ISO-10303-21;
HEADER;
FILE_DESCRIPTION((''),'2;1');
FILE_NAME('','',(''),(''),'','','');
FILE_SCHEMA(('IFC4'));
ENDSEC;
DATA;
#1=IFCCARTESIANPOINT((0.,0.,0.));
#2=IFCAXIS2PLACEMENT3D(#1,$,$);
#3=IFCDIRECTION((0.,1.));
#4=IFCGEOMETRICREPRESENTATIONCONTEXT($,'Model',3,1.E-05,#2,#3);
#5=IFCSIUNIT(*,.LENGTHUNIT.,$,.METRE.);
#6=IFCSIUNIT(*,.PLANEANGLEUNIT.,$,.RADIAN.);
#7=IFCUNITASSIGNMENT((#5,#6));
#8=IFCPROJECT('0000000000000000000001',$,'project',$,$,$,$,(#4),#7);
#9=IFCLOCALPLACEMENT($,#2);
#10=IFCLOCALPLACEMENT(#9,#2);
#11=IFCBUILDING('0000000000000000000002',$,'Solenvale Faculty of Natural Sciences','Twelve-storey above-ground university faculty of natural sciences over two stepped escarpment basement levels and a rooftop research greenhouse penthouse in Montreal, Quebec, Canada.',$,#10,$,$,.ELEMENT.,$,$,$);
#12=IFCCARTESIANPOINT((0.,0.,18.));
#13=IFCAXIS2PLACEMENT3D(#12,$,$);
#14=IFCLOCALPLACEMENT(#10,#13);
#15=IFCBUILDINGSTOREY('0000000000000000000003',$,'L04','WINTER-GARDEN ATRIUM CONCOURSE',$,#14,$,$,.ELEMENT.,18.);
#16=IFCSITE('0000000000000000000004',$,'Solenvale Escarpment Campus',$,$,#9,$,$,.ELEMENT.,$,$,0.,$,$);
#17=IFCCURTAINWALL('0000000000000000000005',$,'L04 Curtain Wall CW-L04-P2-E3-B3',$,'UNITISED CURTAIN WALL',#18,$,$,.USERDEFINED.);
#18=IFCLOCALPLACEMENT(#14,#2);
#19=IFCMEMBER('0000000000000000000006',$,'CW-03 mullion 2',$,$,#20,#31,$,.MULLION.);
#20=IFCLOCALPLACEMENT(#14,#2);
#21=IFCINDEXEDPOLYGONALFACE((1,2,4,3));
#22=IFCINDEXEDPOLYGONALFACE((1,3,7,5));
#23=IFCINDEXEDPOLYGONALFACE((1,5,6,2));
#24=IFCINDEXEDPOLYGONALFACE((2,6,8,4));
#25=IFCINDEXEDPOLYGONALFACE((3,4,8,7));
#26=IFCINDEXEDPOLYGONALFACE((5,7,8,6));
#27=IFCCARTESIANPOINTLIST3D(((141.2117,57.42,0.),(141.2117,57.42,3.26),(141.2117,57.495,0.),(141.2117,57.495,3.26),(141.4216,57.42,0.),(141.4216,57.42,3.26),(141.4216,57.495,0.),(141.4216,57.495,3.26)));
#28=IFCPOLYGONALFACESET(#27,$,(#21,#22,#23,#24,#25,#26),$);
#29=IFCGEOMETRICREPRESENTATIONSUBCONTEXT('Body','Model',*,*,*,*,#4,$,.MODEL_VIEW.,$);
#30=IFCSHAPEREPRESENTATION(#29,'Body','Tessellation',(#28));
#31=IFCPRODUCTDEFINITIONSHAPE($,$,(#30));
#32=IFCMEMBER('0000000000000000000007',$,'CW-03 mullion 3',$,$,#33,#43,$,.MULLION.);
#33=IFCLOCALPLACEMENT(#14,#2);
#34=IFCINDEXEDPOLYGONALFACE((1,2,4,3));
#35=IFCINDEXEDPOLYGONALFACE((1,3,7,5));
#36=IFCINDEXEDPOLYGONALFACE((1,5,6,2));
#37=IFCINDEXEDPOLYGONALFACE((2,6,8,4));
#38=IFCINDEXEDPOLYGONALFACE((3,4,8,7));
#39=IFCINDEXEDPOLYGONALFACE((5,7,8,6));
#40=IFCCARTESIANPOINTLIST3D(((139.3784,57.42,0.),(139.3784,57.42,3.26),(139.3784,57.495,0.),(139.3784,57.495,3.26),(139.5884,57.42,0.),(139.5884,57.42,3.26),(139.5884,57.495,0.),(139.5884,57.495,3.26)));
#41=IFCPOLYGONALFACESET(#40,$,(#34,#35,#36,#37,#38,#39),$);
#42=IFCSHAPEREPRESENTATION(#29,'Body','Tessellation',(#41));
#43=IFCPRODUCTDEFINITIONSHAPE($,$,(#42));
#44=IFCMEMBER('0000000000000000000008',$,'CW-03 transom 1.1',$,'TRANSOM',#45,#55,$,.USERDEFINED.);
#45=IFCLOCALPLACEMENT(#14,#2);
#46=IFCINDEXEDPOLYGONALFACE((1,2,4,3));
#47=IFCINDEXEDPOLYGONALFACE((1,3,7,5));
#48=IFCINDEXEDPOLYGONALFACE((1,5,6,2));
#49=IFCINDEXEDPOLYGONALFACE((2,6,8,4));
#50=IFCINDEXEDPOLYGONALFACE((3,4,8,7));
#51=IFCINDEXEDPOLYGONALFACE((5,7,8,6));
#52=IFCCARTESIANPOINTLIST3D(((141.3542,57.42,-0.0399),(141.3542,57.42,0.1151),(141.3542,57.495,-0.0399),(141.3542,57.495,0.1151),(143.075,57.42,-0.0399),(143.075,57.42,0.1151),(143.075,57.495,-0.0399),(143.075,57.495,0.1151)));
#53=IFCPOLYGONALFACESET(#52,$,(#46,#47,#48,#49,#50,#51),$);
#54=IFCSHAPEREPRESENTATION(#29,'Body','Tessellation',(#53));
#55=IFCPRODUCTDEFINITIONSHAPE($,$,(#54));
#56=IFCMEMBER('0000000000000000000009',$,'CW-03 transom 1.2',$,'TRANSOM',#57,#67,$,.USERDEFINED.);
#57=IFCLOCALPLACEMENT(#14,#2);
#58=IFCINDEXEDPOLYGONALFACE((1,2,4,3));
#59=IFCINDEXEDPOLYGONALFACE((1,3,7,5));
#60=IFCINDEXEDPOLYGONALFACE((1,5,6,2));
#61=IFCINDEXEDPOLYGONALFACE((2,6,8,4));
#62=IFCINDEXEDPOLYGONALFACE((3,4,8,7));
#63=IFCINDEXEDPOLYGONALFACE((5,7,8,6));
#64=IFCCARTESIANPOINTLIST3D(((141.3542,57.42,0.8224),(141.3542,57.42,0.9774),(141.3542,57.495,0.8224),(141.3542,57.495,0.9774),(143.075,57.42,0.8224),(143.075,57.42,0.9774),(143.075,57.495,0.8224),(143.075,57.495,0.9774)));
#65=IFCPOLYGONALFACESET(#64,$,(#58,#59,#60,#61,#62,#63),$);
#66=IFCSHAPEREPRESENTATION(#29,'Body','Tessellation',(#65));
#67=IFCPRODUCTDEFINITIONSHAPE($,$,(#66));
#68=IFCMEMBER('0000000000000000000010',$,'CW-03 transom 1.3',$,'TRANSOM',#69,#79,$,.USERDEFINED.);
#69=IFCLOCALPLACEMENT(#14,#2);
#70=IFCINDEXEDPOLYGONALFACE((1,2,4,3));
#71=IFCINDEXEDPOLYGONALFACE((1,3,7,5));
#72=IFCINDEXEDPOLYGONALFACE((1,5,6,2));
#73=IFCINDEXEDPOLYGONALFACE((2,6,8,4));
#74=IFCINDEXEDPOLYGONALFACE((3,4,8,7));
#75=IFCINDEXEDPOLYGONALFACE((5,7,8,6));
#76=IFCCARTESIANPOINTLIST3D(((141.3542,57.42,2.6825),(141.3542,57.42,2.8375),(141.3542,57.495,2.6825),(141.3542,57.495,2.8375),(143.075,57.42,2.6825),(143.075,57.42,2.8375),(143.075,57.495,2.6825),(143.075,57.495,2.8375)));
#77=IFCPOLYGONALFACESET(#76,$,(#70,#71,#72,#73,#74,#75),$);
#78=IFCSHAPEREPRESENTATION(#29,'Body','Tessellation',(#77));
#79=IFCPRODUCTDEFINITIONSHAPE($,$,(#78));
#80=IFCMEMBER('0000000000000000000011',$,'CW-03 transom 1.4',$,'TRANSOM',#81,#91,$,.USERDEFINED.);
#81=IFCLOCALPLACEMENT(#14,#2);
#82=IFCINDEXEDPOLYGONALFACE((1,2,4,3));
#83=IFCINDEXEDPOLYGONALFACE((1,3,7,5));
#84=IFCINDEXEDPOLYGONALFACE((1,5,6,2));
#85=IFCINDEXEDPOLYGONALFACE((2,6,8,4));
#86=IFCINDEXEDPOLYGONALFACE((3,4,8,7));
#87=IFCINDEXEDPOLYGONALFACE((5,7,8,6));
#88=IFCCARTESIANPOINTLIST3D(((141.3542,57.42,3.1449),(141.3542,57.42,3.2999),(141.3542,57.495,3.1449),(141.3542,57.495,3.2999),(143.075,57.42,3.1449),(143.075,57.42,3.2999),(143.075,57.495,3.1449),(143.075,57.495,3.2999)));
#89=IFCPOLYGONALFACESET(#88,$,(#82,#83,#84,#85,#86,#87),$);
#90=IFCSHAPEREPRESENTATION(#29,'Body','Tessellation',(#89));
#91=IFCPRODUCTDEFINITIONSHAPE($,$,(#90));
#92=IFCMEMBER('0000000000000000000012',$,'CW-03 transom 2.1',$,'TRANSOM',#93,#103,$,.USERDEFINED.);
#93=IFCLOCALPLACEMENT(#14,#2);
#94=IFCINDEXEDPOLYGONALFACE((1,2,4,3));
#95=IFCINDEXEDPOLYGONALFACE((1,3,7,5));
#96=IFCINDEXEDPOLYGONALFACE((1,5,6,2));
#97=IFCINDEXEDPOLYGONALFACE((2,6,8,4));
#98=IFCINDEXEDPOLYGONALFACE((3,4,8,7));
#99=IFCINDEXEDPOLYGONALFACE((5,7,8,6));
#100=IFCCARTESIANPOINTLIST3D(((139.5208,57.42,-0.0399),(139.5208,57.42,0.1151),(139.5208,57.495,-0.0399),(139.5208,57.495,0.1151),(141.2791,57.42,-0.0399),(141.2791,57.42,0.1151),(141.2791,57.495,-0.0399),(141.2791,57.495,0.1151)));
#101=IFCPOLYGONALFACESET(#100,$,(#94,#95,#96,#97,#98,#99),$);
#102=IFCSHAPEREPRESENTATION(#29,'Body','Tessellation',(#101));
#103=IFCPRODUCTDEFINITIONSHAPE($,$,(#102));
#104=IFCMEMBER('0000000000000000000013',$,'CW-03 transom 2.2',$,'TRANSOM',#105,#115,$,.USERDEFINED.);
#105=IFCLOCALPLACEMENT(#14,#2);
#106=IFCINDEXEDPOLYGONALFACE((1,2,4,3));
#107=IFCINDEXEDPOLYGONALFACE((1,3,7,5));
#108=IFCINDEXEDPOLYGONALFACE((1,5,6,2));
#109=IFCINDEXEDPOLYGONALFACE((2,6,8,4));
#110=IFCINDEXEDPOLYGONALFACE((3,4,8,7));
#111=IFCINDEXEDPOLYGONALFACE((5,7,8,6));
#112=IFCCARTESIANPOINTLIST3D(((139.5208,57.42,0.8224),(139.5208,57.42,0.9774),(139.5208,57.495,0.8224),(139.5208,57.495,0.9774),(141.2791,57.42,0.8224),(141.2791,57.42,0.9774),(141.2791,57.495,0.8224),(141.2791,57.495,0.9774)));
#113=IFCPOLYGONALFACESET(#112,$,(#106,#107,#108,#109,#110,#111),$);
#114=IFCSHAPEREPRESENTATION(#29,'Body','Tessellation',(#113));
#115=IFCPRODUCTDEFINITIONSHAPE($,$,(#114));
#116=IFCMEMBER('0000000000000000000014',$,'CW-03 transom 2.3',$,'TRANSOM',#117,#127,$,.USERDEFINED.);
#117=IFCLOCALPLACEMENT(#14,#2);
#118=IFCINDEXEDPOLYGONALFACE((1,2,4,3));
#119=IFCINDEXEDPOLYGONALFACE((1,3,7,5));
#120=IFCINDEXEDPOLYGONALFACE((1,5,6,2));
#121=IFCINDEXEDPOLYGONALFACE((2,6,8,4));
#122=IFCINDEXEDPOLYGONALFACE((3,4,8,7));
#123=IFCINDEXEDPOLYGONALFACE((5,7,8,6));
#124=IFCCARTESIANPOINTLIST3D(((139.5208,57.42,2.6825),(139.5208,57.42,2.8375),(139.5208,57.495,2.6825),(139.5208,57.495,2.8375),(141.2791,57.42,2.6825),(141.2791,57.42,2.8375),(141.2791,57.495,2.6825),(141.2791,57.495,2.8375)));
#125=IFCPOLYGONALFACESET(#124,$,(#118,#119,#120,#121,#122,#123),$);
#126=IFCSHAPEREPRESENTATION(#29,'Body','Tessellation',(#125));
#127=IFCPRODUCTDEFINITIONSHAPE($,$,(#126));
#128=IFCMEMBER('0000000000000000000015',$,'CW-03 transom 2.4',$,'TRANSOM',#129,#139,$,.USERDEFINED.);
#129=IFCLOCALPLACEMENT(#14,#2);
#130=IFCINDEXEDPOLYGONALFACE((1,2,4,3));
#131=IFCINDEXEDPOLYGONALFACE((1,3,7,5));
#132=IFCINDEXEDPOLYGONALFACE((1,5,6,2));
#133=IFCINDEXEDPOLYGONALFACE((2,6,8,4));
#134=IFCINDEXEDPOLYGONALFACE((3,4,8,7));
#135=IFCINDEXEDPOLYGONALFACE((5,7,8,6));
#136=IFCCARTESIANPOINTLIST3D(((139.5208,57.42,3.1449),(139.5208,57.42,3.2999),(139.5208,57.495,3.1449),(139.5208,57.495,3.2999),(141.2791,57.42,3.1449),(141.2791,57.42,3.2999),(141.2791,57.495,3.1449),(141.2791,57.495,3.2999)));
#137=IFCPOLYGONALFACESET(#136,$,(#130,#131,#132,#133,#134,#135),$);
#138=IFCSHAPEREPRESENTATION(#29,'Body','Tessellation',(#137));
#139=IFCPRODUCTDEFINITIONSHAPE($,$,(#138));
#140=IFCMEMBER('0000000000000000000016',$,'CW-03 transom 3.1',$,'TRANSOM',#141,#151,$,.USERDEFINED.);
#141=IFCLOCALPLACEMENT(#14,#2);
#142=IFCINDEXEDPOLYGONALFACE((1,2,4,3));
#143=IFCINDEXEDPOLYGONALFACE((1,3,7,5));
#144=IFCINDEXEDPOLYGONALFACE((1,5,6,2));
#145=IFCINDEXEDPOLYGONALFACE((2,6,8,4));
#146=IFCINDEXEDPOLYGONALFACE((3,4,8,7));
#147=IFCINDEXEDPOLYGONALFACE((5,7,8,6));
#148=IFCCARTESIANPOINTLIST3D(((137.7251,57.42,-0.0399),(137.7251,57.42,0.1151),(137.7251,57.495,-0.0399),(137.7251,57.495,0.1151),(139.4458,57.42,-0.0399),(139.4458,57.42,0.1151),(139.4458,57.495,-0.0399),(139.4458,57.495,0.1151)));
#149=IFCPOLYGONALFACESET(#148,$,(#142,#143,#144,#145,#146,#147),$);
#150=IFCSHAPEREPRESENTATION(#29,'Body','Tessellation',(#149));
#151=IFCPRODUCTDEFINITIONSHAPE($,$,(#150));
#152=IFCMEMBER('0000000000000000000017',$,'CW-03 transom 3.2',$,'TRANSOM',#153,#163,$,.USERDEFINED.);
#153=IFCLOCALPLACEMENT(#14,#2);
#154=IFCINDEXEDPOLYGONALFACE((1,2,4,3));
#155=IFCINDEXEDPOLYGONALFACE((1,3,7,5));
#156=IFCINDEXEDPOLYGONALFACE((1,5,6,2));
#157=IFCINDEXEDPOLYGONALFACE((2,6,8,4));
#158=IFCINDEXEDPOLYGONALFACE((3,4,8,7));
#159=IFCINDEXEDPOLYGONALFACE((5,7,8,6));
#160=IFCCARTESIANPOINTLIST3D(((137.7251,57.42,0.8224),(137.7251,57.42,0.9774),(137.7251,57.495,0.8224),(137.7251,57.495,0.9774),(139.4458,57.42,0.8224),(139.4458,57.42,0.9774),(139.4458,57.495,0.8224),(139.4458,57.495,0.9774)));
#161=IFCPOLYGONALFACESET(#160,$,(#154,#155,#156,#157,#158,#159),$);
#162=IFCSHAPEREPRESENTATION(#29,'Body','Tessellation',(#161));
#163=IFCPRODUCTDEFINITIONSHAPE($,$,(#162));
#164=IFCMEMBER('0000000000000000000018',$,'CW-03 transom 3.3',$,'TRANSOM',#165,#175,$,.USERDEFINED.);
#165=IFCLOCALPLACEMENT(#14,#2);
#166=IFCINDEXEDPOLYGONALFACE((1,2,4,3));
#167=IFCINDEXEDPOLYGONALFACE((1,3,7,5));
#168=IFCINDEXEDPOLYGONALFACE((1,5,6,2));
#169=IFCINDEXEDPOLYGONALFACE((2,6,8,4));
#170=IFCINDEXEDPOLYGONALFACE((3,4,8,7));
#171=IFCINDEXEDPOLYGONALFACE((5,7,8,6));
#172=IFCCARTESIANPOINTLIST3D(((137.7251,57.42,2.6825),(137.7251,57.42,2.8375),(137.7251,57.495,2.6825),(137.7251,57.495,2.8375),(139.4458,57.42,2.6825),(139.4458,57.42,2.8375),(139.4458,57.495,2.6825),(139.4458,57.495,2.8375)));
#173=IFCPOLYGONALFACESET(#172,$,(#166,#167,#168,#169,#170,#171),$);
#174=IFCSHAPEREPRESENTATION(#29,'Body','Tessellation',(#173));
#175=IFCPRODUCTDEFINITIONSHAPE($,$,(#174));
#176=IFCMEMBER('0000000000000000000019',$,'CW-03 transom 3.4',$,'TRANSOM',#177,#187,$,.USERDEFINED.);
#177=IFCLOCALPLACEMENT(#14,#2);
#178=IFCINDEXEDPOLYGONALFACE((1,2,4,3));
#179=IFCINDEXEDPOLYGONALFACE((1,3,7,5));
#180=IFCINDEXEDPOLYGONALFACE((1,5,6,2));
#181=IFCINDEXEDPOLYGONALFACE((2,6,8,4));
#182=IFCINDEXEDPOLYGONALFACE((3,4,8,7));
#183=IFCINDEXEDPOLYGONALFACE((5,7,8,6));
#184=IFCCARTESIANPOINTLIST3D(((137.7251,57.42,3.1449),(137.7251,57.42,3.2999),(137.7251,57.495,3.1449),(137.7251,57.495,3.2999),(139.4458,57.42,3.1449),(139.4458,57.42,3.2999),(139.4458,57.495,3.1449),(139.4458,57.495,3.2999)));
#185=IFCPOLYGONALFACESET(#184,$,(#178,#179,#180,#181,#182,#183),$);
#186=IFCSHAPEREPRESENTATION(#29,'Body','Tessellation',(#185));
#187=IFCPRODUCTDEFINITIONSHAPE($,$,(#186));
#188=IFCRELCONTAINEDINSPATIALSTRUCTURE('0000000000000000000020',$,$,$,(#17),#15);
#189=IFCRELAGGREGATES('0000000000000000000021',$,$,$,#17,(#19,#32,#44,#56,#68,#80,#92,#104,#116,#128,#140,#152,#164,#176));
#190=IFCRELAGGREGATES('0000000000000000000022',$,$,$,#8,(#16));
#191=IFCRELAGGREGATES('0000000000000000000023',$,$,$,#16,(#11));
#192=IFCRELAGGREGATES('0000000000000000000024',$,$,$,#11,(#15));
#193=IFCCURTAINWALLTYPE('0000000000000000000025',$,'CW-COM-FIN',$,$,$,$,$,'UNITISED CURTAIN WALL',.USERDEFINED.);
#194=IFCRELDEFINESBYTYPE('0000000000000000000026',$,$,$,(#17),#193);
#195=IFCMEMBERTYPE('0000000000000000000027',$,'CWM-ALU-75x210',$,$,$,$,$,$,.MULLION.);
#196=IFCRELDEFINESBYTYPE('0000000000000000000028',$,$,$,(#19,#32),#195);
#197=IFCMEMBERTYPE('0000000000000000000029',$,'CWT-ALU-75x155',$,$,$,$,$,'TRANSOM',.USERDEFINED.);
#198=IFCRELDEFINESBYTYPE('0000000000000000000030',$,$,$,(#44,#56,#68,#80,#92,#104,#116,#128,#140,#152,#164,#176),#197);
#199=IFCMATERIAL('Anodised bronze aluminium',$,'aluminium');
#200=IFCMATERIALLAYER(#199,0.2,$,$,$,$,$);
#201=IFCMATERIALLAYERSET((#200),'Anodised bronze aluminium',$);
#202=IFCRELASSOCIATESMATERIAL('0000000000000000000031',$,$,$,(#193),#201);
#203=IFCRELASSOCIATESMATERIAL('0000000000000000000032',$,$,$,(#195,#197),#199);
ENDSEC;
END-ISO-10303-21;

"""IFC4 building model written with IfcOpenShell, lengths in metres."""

from ifc_helpers import new_model, si_unit, direction, frame, origin, origin_2d, place, context, subcontext, project, spatial, rectangle, extrude, material, layer, layer_set, material_profile, profile_set, type_object, element, aggregate, save


model = new_model("IFC4")

# Units and contexts
model_context = context("Model", 3, precision=1e-05, world=origin(), true_north=direction((0.0, 1.0)))
body_context = subcontext(model_context, "Body", "Model", "MODEL_VIEW")
ifc_project = project(units=[si_unit("LENGTHUNIT", "METRE"), si_unit("PLANEANGLEUNIT", "RADIAN")], contexts=[model_context])

# Site, building, storey
site_placement = place(None, origin())
site = spatial("IfcSite", under=ifc_project, at=site_placement, Name="Solenvale Escarpment Campus", CompositionType="ELEMENT", RefElevation=0.0)
building_placement = place(site_placement, origin())
building = spatial("IfcBuilding", under=site, at=building_placement, Name="Solenvale Faculty of Natural Sciences", Description="Twelve-storey above-ground university faculty of natural sciences over two stepped escarpment basement levels and a rooftop research greenhouse penthouse in Montreal, Quebec, Canada.", CompositionType="ELEMENT")
storey_placement = place(building_placement, frame((0.0, 0.0, 18.0)))
storey = spatial("IfcBuildingStorey", under=building, at=storey_placement, Name="L04", Description="WINTER-GARDEN ATRIUM CONCOURSE", CompositionType="ELEMENT", Elevation=18.0)

# Curtain wall, members
ifc_material_1 = material(Name="Anodised bronze aluminium", Category="aluminium")
ifc_layer_1 = layer(ifc_material_1, 0.2)
ifc_layer_set_1 = layer_set([ifc_layer_1], Name="Anodised bronze aluminium")
curtain_wall_type = type_object("IfcCurtainWallType", Name="CW-COM-FIN", ElementType="UNITISED CURTAIN WALL", PredefinedType="USERDEFINED", material=ifc_layer_set_1)
curtain_wall_placement = place(storey_placement, origin())
curtain_wall = element("IfcCurtainWall", 1, at=curtain_wall_placement, inside=storey, type_object=curtain_wall_type, Name="L04 Curtain Wall CW-L04-P2-E3-B3", ObjectType="UNITISED CURTAIN WALL", PredefinedType="USERDEFINED")
ifc_material_profile_1 = material_profile(ifc_material_1, rectangle(XDim=0.075, YDim=0.21, at=origin_2d()), Name="ALU-MUL-75x210")
ifc_profile_set_1 = profile_set([ifc_material_profile_1], Name="Anodised bronze aluminium")
member_type_1 = type_object("IfcMemberType", Name="CWM-ALU-75x210", PredefinedType="MULLION", material=ifc_profile_set_1)
member_1_placement = place(storey_placement, frame((141.3167, 57.4575, 0.0), z_axis=(0.0, 0.0, 1.0), x_axis=(0.0, -1.0, 0.0)))
member_1 = element("IfcMember", 2, at=member_1_placement, type_object=member_type_1, Name="CW-03 mullion 2", PredefinedType="MULLION", context=body_context, shape_type="SweptSolid", body=[
    extrude(rectangle(XDim=0.075, YDim=0.21, at=origin_2d()), origin(), (0.0, 0.0, 1.0), 3.26),
])
member_2_placement = place(storey_placement, frame((139.4834, 57.4575, 0.0), z_axis=(0.0, 0.0, 1.0), x_axis=(0.0, -1.0, 0.0)))
member_2 = element("IfcMember", 3, at=member_2_placement, type_object=member_type_1, Name="CW-03 mullion 3", PredefinedType="MULLION", context=body_context, shape_type="SweptSolid", body=[
    extrude(rectangle(XDim=0.075, YDim=0.21, at=origin_2d()), origin(), (0.0, 0.0, 1.0), 3.26),
])
ifc_material_profile_2 = material_profile(ifc_material_1, rectangle(XDim=0.075, YDim=0.155, at=origin_2d()), Name="ALU-TRN-75x155")
ifc_profile_set_2 = profile_set([ifc_material_profile_2], Name="Anodised bronze aluminium")
member_type_2 = type_object("IfcMemberType", Name="CWT-ALU-75x155", ElementType="TRANSOM", PredefinedType="USERDEFINED", material=ifc_profile_set_2)
member_3_placement = place(storey_placement, frame((143.075, 57.4575, 0.0376), z_axis=(-1.0, 0.0, 0.0), x_axis=(0.0, -1.0, 0.0)))
member_3 = element("IfcMember", 4, at=member_3_placement, type_object=member_type_2, Name="CW-03 transom 1.1", ObjectType="TRANSOM", PredefinedType="USERDEFINED", context=body_context, shape_type="SweptSolid", body=[
    extrude(rectangle(XDim=0.075, YDim=0.155, at=origin_2d()), origin(), (0.0, 0.0, 1.0), 1.7207),
])
member_4_placement = place(storey_placement, frame((143.075, 57.4575, 0.8999), z_axis=(-1.0, 0.0, 0.0), x_axis=(0.0, -1.0, 0.0)))
member_4 = element("IfcMember", 5, at=member_4_placement, type_object=member_type_2, Name="CW-03 transom 1.2", ObjectType="TRANSOM", PredefinedType="USERDEFINED", context=body_context, shape_type="SweptSolid", body=[
    extrude(rectangle(XDim=0.075, YDim=0.155, at=origin_2d()), origin(), (0.0, 0.0, 1.0), 1.7207),
])
member_5_placement = place(storey_placement, frame((143.075, 57.4575, 2.76), z_axis=(-1.0, 0.0, 0.0), x_axis=(0.0, -1.0, 0.0)))
member_5 = element("IfcMember", 6, at=member_5_placement, type_object=member_type_2, Name="CW-03 transom 1.3", ObjectType="TRANSOM", PredefinedType="USERDEFINED", context=body_context, shape_type="SweptSolid", body=[
    extrude(rectangle(XDim=0.075, YDim=0.155, at=origin_2d()), origin(), (0.0, 0.0, 1.0), 1.7207),
])
member_6_placement = place(storey_placement, frame((143.075, 57.4575, 3.2224), z_axis=(-1.0, 0.0, 0.0), x_axis=(0.0, -1.0, 0.0)))
member_6 = element("IfcMember", 7, at=member_6_placement, type_object=member_type_2, Name="CW-03 transom 1.4", ObjectType="TRANSOM", PredefinedType="USERDEFINED", context=body_context, shape_type="SweptSolid", body=[
    extrude(rectangle(XDim=0.075, YDim=0.155, at=origin_2d()), origin(), (0.0, 0.0, 1.0), 1.7207),
])
member_7_placement = place(storey_placement, frame((141.2791, 57.4575, 0.0376), z_axis=(-1.0, 0.0, 0.0), x_axis=(0.0, -1.0, 0.0)))
member_7 = element("IfcMember", 8, at=member_7_placement, type_object=member_type_2, Name="CW-03 transom 2.1", ObjectType="TRANSOM", PredefinedType="USERDEFINED", context=body_context, shape_type="SweptSolid", body=[
    extrude(rectangle(XDim=0.075, YDim=0.155, at=origin_2d()), origin(), (0.0, 0.0, 1.0), 1.7583),
])
member_8_placement = place(storey_placement, frame((141.2791, 57.4575, 0.8999), z_axis=(-1.0, 0.0, 0.0), x_axis=(0.0, -1.0, 0.0)))
member_8 = element("IfcMember", 9, at=member_8_placement, type_object=member_type_2, Name="CW-03 transom 2.2", ObjectType="TRANSOM", PredefinedType="USERDEFINED", context=body_context, shape_type="SweptSolid", body=[
    extrude(rectangle(XDim=0.075, YDim=0.155, at=origin_2d()), origin(), (0.0, 0.0, 1.0), 1.7583),
])
member_9_placement = place(storey_placement, frame((141.2791, 57.4575, 2.76), z_axis=(-1.0, 0.0, 0.0), x_axis=(0.0, -1.0, 0.0)))
member_9 = element("IfcMember", 10, at=member_9_placement, type_object=member_type_2, Name="CW-03 transom 2.3", ObjectType="TRANSOM", PredefinedType="USERDEFINED", context=body_context, shape_type="SweptSolid", body=[
    extrude(rectangle(XDim=0.075, YDim=0.155, at=origin_2d()), origin(), (0.0, 0.0, 1.0), 1.7583),
])
member_10_placement = place(storey_placement, frame((141.2791, 57.4575, 3.2224), z_axis=(-1.0, 0.0, 0.0), x_axis=(0.0, -1.0, 0.0)))
member_10 = element("IfcMember", 11, at=member_10_placement, type_object=member_type_2, Name="CW-03 transom 2.4", ObjectType="TRANSOM", PredefinedType="USERDEFINED", context=body_context, shape_type="SweptSolid", body=[
    extrude(rectangle(XDim=0.075, YDim=0.155, at=origin_2d()), origin(), (0.0, 0.0, 1.0), 1.7583),
])
member_11_placement = place(storey_placement, frame((139.4458, 57.4575, 0.0376), z_axis=(-1.0, 0.0, 0.0), x_axis=(0.0, -1.0, 0.0)))
member_11 = element("IfcMember", 12, at=member_11_placement, type_object=member_type_2, Name="CW-03 transom 3.1", ObjectType="TRANSOM", PredefinedType="USERDEFINED", context=body_context, shape_type="SweptSolid", body=[
    extrude(rectangle(XDim=0.075, YDim=0.155, at=origin_2d()), origin(), (0.0, 0.0, 1.0), 1.7207),
])
member_12_placement = place(storey_placement, frame((139.4458, 57.4575, 0.8999), z_axis=(-1.0, 0.0, 0.0), x_axis=(0.0, -1.0, 0.0)))
member_12 = element("IfcMember", 13, at=member_12_placement, type_object=member_type_2, Name="CW-03 transom 3.2", ObjectType="TRANSOM", PredefinedType="USERDEFINED", context=body_context, shape_type="SweptSolid", body=[
    extrude(rectangle(XDim=0.075, YDim=0.155, at=origin_2d()), origin(), (0.0, 0.0, 1.0), 1.7207),
])
member_13_placement = place(storey_placement, frame((139.4458, 57.4575, 2.76), z_axis=(-1.0, 0.0, 0.0), x_axis=(0.0, -1.0, 0.0)))
member_13 = element("IfcMember", 14, at=member_13_placement, type_object=member_type_2, Name="CW-03 transom 3.3", ObjectType="TRANSOM", PredefinedType="USERDEFINED", context=body_context, shape_type="SweptSolid", body=[
    extrude(rectangle(XDim=0.075, YDim=0.155, at=origin_2d()), origin(), (0.0, 0.0, 1.0), 1.7207),
])
member_14_placement = place(storey_placement, frame((139.4458, 57.4575, 3.2224), z_axis=(-1.0, 0.0, 0.0), x_axis=(0.0, -1.0, 0.0)))
member_14 = element("IfcMember", 15, at=member_14_placement, type_object=member_type_2, Name="CW-03 transom 3.4", ObjectType="TRANSOM", PredefinedType="USERDEFINED", context=body_context, shape_type="SweptSolid", body=[
    extrude(rectangle(XDim=0.075, YDim=0.155, at=origin_2d()), origin(), (0.0, 0.0, 1.0), 1.7207),
])
aggregate(curtain_wall, [member_1, member_2, member_3, member_4, member_5, member_6, member_7, member_8, member_9, member_10, member_11, member_12, member_13, member_14])

save(model, "model.ifc")
